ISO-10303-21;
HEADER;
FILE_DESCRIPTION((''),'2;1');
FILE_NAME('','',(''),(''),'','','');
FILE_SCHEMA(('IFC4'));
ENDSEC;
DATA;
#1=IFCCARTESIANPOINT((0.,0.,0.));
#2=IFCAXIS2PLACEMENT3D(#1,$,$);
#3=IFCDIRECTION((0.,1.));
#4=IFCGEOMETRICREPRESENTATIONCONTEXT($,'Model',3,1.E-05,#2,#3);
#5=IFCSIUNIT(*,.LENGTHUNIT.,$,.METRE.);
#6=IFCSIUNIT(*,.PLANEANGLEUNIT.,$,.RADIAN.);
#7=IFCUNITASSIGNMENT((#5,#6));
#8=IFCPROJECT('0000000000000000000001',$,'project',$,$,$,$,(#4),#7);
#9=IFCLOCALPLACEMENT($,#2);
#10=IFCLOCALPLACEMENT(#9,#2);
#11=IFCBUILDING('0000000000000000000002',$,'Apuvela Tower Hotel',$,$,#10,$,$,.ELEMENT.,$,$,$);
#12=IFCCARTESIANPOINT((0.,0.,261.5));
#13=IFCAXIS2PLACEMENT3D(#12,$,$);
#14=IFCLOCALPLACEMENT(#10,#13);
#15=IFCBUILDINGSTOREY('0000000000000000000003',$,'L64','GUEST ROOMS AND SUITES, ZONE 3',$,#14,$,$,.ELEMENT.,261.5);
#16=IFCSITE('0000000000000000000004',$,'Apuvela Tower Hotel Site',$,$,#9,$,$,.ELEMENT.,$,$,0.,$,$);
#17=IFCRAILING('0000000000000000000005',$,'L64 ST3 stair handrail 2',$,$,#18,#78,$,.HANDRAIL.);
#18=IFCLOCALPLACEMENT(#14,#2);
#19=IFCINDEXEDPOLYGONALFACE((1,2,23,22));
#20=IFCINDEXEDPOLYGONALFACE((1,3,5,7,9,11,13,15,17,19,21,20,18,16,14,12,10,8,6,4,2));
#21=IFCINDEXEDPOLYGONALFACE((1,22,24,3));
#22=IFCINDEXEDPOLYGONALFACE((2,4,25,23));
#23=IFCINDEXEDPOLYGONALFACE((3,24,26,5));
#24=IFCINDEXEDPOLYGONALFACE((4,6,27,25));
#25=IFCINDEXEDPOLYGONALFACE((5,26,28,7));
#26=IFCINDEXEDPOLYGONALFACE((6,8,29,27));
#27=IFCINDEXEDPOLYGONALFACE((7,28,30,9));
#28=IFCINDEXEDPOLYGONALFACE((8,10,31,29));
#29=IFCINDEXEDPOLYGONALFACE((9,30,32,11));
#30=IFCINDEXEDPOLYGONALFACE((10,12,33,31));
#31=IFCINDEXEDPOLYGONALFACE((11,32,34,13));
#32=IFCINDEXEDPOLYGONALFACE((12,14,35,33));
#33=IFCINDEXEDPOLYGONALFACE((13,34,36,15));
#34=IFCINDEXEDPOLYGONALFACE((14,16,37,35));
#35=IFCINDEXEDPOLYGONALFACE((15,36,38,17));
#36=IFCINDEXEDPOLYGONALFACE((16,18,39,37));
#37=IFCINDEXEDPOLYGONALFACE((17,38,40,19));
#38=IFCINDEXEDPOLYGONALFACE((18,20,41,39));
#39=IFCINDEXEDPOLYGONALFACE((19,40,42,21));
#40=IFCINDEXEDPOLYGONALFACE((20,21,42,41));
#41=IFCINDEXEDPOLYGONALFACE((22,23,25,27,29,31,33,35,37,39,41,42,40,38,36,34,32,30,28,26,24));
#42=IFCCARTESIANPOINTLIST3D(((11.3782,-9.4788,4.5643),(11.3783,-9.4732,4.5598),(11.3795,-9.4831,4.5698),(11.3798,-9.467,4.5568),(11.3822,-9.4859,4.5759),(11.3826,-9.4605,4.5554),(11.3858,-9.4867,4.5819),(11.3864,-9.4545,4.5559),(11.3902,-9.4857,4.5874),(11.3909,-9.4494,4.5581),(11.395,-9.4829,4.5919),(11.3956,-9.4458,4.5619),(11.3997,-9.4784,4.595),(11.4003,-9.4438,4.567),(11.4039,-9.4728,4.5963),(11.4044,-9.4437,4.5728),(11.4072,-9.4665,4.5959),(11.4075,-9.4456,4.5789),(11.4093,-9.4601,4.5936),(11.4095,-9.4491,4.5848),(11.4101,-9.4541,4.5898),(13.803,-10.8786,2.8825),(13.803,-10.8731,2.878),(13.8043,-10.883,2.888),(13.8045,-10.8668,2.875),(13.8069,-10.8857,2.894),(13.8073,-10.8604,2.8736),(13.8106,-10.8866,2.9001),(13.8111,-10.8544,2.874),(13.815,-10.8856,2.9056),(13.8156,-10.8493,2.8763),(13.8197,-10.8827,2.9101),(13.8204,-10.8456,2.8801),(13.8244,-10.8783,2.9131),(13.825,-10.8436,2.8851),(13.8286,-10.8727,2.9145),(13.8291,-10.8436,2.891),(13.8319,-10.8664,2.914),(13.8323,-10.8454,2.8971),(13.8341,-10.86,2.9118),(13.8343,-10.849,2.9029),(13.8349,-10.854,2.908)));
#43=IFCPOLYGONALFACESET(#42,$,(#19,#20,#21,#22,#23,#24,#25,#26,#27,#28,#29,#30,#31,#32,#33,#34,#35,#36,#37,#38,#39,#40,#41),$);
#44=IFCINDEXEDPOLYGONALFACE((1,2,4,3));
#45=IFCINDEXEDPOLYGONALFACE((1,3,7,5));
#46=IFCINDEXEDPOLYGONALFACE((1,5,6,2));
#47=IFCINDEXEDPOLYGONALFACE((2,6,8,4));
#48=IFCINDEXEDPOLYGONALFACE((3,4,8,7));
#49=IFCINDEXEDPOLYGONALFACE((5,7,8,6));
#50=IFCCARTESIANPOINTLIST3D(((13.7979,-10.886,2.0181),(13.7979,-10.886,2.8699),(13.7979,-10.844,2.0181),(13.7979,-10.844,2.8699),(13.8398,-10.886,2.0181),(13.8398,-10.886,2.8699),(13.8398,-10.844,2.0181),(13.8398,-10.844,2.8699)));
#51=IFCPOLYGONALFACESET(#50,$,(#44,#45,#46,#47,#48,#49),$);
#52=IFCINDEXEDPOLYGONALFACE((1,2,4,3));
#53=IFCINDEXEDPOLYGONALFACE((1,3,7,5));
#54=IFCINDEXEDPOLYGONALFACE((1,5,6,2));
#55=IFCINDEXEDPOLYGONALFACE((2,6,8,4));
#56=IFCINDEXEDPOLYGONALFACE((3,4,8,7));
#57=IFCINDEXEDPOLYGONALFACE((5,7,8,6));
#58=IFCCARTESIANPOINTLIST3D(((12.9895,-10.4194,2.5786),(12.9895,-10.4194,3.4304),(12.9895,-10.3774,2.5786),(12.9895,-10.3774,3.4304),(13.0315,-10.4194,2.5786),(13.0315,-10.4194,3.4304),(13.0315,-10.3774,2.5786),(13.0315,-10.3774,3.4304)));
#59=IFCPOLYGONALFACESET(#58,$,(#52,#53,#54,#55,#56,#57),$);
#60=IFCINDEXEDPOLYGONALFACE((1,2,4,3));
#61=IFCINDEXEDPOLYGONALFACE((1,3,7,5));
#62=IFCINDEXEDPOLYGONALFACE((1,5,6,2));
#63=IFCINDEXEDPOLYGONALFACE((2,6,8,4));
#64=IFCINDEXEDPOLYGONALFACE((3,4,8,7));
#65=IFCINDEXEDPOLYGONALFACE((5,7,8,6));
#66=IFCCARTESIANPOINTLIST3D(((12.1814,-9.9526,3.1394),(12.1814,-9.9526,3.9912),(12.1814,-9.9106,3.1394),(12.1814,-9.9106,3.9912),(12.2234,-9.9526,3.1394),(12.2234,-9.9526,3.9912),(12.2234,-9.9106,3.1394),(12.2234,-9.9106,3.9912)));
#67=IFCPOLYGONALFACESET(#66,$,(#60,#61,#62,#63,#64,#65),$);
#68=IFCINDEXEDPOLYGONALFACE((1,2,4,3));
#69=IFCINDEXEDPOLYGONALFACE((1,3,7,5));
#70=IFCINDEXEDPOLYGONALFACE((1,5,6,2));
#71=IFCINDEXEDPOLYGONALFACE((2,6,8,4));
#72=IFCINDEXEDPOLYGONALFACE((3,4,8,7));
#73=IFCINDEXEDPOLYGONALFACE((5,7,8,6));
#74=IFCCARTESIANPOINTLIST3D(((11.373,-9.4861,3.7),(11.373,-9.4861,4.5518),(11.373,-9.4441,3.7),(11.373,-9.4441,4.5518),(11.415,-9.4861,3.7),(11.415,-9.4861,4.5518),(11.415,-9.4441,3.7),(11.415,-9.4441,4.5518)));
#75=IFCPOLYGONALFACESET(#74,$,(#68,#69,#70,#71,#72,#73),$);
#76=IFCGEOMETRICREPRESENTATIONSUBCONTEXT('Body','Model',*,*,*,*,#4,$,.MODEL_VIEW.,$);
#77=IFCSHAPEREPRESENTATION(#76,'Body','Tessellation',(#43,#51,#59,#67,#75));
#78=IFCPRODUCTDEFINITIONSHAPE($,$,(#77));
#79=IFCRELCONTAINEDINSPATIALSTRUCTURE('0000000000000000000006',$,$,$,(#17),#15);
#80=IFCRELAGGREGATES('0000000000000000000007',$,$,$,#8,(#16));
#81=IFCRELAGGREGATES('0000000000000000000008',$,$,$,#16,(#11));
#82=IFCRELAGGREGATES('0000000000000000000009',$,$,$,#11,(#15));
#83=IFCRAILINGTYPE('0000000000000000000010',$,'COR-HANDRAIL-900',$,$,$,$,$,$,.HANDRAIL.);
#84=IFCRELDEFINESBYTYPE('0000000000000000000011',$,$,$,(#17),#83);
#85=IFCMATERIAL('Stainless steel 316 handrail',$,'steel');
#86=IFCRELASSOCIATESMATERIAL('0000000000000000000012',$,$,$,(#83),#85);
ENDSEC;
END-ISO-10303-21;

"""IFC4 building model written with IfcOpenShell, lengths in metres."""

from ifc_helpers import new_model, si_unit, direction, frame, origin, origin_2d, place, context, subcontext, project, spatial, rectangle, circle, extrude, material, type_object, element, save


model = new_model("IFC4")

# Units and contexts
model_context = context("Model", 3, precision=1e-05, world=origin(), true_north=direction((0.0, 1.0)))
body_context = subcontext(model_context, "Body", "Model", "MODEL_VIEW")
ifc_project = project(units=[si_unit("LENGTHUNIT", "METRE"), si_unit("PLANEANGLEUNIT", "RADIAN")], contexts=[model_context])

# Site, building, storey
site_placement = place(None, origin())
site = spatial("IfcSite", under=ifc_project, at=site_placement, Name="Apuvela Tower Hotel Site", CompositionType="ELEMENT", RefElevation=0.0)
building_placement = place(site_placement, origin())
building = spatial("IfcBuilding", under=site, at=building_placement, Name="Apuvela Tower Hotel", CompositionType="ELEMENT")
storey_placement = place(building_placement, frame((0.0, 0.0, 261.5)))
storey = spatial("IfcBuildingStorey", under=building, at=storey_placement, Name="L64", Description="GUEST ROOMS AND SUITES, ZONE 3", CompositionType="ELEMENT", Elevation=261.5)

# Railing
ifc_material_1 = material(Name="Stainless steel 316 handrail", Category="steel")
railing_type_1 = type_object("IfcRailingType", Name="COR-HANDRAIL-900", PredefinedType="HANDRAIL", material=ifc_material_1)
railing_1_placement = place(storey_placement, frame((13.8188, -10.865, 2.0181)))
element("IfcRailing", 1, at=railing_1_placement, inside=storey, type_object=railing_type_1, Name="L64 ST3 stair handrail 2", PredefinedType="HANDRAIL", context=body_context, shape_type="SweptSolid", body=[
    extrude(circle(Radius=0.0239, at=origin_2d()), frame((0.0, 0.0, 0.876), z_axis=(-0.74239, 0.428601, 0.514934), x_axis=(-0.499984, -0.866035, 0.0)), (0.0, 0.0, 1.0), 3.2661),
    extrude(rectangle(XDim=0.042, YDim=0.042, at=origin_2d()), origin(), (0.0, 0.0, 1.0), 0.8518),
    extrude(rectangle(XDim=0.042, YDim=0.042, at=origin_2d()), frame((-0.8083, 0.4666, 0.5605)), (0.0, 0.0, 1.0), 0.8518),
    extrude(rectangle(XDim=0.042, YDim=0.042, at=origin_2d()), frame((-1.6165, 0.9333, 1.1213)), (0.0, 0.0, 1.0), 0.8518),
    extrude(rectangle(XDim=0.042, YDim=0.042, at=origin_2d()), frame((-2.4248, 1.3999, 1.6819)), (0.0, 0.0, 1.0), 0.8518),
])

save(model, "model.ifc")
